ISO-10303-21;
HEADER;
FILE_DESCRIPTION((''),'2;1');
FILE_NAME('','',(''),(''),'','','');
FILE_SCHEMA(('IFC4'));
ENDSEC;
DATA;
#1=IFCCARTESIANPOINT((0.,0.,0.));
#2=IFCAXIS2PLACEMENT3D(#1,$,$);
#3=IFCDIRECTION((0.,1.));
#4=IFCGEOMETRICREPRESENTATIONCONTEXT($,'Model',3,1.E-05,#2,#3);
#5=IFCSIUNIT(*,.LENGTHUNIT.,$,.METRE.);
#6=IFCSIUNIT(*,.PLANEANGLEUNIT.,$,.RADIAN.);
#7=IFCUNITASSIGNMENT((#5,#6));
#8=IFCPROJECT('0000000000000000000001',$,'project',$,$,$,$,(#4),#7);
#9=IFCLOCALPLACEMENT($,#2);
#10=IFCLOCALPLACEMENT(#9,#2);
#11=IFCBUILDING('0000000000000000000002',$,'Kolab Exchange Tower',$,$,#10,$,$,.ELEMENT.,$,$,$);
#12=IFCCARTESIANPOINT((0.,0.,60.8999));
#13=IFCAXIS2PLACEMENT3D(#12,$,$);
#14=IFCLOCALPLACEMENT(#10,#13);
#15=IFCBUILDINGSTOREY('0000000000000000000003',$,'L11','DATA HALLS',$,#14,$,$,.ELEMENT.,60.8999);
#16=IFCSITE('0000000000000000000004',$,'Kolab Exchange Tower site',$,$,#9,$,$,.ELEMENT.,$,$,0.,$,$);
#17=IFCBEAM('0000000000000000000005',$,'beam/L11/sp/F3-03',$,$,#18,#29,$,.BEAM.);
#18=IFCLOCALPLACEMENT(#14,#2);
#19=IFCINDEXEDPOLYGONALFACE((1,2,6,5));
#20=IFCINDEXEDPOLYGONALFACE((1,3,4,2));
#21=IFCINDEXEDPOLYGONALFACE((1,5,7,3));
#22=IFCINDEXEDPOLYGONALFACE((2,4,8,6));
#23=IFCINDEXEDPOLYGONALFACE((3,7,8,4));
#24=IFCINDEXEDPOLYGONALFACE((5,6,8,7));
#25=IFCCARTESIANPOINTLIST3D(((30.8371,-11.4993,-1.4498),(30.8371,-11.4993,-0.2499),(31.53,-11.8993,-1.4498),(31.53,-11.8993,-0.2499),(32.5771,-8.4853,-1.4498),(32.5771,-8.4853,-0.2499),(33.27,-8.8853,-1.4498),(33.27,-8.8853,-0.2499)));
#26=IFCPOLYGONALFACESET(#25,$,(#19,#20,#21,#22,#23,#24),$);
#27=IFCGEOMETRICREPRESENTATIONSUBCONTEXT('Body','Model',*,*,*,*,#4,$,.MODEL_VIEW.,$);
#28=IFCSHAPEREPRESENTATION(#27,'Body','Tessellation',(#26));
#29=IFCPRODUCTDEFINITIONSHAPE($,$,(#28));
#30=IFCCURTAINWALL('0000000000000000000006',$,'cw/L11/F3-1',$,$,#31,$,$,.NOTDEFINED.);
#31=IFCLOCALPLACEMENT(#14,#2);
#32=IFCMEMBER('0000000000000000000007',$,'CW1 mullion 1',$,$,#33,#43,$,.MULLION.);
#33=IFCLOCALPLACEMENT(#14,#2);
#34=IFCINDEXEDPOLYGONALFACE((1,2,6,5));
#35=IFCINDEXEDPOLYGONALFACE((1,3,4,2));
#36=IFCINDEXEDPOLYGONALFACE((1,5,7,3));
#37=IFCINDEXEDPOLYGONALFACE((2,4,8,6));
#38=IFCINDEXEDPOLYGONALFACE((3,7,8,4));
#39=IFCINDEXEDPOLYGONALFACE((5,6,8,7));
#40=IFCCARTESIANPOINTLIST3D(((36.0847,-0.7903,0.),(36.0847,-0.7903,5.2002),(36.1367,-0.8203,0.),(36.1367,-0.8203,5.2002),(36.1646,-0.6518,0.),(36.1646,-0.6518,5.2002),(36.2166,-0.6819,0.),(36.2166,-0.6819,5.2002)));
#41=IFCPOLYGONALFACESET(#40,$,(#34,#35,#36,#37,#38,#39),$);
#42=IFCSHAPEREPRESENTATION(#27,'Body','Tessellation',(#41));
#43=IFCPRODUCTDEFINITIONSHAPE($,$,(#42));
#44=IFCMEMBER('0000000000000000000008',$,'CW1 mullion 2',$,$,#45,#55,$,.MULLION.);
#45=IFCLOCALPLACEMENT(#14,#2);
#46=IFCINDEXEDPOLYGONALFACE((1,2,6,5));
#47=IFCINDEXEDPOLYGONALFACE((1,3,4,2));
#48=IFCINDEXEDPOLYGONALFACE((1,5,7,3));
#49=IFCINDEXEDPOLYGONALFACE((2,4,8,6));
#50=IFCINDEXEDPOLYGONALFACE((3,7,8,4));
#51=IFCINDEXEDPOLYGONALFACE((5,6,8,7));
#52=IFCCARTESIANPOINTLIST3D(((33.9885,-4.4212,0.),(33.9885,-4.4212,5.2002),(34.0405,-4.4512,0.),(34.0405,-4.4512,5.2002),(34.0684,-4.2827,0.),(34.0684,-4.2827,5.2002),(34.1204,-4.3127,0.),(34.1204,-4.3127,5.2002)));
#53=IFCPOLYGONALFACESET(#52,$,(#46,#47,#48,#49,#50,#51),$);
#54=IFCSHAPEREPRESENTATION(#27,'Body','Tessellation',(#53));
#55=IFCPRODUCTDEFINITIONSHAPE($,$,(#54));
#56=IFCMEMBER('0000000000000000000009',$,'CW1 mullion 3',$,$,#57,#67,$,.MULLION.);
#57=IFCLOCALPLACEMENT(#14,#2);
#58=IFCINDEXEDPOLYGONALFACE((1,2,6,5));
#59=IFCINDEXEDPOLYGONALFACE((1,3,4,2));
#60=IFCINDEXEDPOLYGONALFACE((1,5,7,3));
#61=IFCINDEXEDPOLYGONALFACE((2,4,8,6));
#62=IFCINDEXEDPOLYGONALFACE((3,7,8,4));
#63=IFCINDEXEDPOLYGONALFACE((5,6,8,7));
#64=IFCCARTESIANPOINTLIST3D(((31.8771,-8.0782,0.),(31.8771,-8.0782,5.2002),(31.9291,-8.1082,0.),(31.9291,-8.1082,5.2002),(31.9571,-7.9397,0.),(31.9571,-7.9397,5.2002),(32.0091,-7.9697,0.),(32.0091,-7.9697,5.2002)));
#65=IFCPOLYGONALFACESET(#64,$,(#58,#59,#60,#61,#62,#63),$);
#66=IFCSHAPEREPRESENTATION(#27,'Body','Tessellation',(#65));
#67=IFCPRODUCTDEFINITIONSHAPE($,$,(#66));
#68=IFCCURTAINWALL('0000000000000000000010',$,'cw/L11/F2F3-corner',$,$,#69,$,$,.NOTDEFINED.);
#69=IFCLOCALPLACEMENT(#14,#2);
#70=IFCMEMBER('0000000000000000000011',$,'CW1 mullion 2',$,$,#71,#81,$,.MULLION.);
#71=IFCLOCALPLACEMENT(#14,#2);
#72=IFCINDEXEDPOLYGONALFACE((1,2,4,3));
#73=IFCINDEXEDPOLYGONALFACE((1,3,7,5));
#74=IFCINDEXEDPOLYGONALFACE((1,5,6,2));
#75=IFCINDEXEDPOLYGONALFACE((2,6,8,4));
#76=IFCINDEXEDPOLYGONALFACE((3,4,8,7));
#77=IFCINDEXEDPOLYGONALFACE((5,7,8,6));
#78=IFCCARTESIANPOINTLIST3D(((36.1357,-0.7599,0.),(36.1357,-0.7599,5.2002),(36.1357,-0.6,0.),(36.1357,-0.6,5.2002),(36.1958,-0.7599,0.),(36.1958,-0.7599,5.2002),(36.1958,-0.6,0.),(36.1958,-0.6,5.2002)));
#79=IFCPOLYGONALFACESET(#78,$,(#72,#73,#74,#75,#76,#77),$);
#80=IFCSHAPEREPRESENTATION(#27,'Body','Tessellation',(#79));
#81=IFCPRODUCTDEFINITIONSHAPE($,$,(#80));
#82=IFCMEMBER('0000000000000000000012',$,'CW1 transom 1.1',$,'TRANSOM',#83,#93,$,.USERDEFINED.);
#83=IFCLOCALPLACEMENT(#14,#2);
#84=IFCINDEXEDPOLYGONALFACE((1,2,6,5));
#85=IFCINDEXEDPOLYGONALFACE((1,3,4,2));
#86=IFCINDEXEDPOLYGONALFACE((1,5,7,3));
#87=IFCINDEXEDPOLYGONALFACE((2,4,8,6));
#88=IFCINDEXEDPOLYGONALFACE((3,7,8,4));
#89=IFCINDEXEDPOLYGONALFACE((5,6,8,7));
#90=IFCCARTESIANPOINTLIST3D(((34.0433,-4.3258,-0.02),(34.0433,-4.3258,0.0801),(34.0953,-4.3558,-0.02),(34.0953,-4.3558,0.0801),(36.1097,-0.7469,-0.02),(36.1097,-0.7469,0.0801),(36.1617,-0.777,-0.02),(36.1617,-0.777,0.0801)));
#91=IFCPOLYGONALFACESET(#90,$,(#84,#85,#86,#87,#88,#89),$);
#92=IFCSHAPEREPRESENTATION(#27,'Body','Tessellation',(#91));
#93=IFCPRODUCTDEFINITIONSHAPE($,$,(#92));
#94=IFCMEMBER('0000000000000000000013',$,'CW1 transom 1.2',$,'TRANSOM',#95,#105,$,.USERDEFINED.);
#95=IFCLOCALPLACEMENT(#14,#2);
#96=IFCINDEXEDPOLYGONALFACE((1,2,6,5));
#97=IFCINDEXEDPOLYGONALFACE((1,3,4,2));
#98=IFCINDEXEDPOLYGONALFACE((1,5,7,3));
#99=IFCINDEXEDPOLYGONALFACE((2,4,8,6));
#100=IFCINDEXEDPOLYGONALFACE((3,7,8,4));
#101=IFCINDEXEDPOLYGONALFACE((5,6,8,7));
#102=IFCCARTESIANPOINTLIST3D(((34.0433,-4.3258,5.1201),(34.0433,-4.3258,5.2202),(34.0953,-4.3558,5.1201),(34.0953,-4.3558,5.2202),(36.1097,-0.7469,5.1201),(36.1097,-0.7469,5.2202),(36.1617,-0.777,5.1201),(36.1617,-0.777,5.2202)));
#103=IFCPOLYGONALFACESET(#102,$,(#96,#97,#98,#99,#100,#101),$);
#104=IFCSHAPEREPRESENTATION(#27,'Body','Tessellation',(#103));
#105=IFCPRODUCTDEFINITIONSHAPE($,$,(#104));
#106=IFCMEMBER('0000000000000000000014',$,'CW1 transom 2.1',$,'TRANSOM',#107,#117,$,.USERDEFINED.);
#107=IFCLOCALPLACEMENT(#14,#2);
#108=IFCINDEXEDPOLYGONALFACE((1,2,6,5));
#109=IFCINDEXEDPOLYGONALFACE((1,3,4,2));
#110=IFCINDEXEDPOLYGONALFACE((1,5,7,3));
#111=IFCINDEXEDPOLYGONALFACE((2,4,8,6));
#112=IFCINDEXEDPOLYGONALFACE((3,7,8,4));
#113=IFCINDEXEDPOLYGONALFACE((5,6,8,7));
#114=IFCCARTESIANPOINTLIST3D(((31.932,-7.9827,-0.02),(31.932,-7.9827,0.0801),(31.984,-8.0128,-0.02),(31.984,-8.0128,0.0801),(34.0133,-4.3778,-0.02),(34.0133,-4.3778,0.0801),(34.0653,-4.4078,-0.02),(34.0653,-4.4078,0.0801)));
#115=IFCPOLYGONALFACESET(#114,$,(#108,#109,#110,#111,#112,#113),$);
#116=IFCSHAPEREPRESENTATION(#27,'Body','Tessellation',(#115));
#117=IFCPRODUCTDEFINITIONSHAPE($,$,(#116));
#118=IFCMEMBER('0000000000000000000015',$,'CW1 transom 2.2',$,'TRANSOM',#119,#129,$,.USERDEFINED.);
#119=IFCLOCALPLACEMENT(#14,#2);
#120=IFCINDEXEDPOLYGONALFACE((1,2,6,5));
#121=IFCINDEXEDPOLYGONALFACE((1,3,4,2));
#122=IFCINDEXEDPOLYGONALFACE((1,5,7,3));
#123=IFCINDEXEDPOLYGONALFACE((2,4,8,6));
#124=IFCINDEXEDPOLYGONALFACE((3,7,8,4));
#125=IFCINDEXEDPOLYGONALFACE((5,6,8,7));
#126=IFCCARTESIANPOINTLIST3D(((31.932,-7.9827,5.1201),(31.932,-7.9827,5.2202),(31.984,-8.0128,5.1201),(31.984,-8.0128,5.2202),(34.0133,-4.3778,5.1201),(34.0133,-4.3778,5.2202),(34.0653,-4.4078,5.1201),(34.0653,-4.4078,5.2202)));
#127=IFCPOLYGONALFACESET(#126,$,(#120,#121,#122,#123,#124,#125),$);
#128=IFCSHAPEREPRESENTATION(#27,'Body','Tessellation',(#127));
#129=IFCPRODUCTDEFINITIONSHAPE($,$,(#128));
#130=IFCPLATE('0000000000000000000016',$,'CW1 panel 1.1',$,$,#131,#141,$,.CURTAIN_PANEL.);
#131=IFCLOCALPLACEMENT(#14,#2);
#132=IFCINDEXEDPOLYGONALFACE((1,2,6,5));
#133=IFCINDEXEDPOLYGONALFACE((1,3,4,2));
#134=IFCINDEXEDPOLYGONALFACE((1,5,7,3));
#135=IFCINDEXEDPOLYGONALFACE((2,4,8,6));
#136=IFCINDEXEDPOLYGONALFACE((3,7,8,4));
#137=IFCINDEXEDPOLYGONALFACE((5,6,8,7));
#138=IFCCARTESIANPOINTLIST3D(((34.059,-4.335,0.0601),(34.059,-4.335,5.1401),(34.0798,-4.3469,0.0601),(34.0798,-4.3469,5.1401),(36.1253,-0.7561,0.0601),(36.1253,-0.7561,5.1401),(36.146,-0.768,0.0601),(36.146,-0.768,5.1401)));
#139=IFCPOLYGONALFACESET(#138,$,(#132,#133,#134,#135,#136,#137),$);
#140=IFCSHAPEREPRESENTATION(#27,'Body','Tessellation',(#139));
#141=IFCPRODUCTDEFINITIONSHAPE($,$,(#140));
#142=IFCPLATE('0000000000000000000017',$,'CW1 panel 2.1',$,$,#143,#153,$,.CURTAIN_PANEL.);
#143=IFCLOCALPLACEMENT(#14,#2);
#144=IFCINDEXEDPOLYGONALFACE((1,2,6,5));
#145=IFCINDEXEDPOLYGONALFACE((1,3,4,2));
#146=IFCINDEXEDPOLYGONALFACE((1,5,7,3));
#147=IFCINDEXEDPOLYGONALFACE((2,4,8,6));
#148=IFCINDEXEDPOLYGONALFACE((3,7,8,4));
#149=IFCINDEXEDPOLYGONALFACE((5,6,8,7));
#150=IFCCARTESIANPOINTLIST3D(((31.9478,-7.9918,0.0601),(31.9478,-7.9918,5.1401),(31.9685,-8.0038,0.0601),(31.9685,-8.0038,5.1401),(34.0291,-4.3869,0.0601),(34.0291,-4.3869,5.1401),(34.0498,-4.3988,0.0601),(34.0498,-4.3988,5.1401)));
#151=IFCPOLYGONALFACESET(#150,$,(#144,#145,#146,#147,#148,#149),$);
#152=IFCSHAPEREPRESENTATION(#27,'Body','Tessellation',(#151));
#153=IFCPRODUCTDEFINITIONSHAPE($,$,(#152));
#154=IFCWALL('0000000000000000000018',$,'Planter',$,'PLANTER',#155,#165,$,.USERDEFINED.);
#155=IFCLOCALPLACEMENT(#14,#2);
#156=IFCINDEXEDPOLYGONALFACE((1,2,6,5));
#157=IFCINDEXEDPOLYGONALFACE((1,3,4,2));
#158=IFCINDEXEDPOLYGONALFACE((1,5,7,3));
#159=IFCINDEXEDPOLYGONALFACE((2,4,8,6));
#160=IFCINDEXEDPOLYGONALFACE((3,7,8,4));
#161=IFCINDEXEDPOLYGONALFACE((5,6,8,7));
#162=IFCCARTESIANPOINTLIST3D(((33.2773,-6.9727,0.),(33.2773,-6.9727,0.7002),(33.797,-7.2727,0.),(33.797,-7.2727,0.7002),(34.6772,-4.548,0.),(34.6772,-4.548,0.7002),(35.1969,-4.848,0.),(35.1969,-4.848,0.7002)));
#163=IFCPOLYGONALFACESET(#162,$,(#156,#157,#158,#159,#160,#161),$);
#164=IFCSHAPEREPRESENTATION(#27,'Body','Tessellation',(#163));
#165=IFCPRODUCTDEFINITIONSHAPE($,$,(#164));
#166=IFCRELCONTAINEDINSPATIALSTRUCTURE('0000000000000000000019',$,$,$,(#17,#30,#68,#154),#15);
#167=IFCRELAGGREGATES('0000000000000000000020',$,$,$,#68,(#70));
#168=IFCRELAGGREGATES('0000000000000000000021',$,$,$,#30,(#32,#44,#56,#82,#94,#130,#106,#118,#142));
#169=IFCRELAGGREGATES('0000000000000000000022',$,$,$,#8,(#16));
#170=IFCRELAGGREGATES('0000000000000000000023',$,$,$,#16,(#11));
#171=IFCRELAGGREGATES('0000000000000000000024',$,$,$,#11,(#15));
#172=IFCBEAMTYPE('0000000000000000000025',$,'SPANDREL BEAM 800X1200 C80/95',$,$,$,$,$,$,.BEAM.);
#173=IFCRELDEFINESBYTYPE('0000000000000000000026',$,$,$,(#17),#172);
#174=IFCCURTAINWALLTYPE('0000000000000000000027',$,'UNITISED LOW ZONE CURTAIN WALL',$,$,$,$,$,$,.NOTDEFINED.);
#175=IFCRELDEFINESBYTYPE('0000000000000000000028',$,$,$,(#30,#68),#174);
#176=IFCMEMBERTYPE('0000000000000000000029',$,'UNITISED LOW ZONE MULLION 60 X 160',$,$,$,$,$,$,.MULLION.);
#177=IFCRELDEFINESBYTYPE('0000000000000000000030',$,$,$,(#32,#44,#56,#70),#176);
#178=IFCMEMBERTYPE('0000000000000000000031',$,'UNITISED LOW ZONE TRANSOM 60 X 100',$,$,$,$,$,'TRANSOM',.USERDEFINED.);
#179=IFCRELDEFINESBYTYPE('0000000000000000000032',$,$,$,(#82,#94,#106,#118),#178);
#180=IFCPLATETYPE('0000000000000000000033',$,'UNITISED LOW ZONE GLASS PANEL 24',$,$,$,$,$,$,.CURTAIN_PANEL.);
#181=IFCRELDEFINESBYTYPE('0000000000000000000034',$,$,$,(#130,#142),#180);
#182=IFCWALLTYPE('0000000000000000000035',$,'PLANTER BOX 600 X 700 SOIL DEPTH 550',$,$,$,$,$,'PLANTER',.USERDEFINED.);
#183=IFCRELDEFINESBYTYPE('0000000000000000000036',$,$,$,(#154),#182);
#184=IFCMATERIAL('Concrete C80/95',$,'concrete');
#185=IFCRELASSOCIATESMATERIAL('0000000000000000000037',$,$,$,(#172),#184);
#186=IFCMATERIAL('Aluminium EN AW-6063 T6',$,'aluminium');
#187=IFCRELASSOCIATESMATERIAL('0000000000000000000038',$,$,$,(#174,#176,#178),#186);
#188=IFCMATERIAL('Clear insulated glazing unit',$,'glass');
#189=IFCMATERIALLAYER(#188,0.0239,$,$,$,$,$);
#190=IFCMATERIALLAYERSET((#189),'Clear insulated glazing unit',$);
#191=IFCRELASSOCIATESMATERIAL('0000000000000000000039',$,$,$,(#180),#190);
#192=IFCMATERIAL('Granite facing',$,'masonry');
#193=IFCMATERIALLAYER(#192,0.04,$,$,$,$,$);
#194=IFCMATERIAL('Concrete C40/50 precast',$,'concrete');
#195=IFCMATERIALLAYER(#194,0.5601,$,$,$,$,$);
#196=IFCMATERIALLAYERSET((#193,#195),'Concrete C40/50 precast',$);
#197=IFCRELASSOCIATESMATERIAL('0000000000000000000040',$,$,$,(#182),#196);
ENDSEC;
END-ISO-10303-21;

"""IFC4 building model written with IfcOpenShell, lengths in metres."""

from ifc_helpers import new_model, si_unit, direction, frame, frame_2d, origin, origin_2d, place, context, subcontext, project, spatial, rectangle, extrude, material, layer, layer_set, material_profile, profile_set, type_object, element, aggregate, save


model = new_model("IFC4")

# Units and contexts
model_context = context("Model", 3, precision=1e-05, world=origin(), true_north=direction((0.0, 1.0)))
body_context = subcontext(model_context, "Body", "Model", "MODEL_VIEW")
ifc_project = project(units=[si_unit("LENGTHUNIT", "METRE"), si_unit("PLANEANGLEUNIT", "RADIAN")], contexts=[model_context])

# Site, building, storey
site_placement = place(None, origin())
site = spatial("IfcSite", under=ifc_project, at=site_placement, Name="Kolab Exchange Tower site", CompositionType="ELEMENT", RefElevation=0.0)
building_placement = place(site_placement, origin())
building = spatial("IfcBuilding", under=site, at=building_placement, Name="Kolab Exchange Tower", CompositionType="ELEMENT")
storey_placement = place(building_placement, frame((0.0, 0.0, 60.8999)))
storey = spatial("IfcBuildingStorey", under=building, at=storey_placement, Name="L11", Description="DATA HALLS", CompositionType="ELEMENT", Elevation=60.8999)

# Shared definitions
ifc_material_1 = material(Name="Concrete C80/95", Category="concrete")

# Beam
ifc_material_profile_1 = material_profile(ifc_material_1, rectangle(XDim=0.8, YDim=1.2, at=origin_2d()), Name="RC800X1200")
ifc_profile_set_1 = profile_set([ifc_material_profile_1], Name="Concrete C80/95")
beam_type_1 = type_object("IfcBeamType", Name="SPANDREL BEAM 800X1200 C80/95", PredefinedType="BEAM", material=ifc_profile_set_1)
beam_1_placement = place(storey_placement, frame((32.9236, -8.6853, -0.8499), z_axis=(-0.49998, -0.866037, 0.0), x_axis=(0.866037, -0.49998, 0.0)))
element("IfcBeam", 1, at=beam_1_placement, inside=storey, type_object=beam_type_1, Name="beam/L11/sp/F3-03", PredefinedType="BEAM", context=body_context, shape_type="SweptSolid", body=[
    extrude(rectangle(XDim=0.8, YDim=1.2, at=origin_2d()), origin(), (0.0, 0.0, 1.0), 3.4802),
])

# Curtain wall, members
ifc_material_2 = material(Name="Aluminium EN AW-6063 T6", Category="aluminium")
curtain_wall_type = type_object("IfcCurtainWallType", Name="UNITISED LOW ZONE CURTAIN WALL", PredefinedType="NOTDEFINED", material=ifc_material_2)
curtain_wall_1_placement = place(storey_placement, origin())
curtain_wall_1 = element("IfcCurtainWall", 2, at=curtain_wall_1_placement, inside=storey, type_object=curtain_wall_type, Name="cw/L11/F3-1", PredefinedType="NOTDEFINED")
ifc_material_profile_2 = material_profile(ifc_material_2, rectangle(XDim=0.0601, YDim=0.1599, at=origin_2d()), Name="RECT 60X160")
ifc_profile_set_2 = profile_set([ifc_material_profile_2], Name="Aluminium EN AW-6063 T6")
member_type_1 = type_object("IfcMemberType", Name="UNITISED LOW ZONE MULLION 60 X 160", PredefinedType="MULLION", material=ifc_profile_set_2)
member_1_placement = place(storey_placement, frame((36.1506, -0.7361, 0.0), z_axis=(0.0, 0.0, 1.0), x_axis=(0.866025, -0.5, 0.0)))
member_1 = element("IfcMember", 3, at=member_1_placement, type_object=member_type_1, Name="CW1 mullion 1", PredefinedType="MULLION", context=body_context, shape_type="SweptSolid", body=[
    extrude(rectangle(XDim=0.0601, YDim=0.1599, at=origin_2d()), origin(), (0.0, 0.0, 1.0), 5.2002),
])
member_2_placement = place(storey_placement, frame((34.0544, -4.3669, 0.0), z_axis=(0.0, 0.0, 1.0), x_axis=(0.866025, -0.5, 0.0)))
member_2 = element("IfcMember", 4, at=member_2_placement, type_object=member_type_1, Name="CW1 mullion 2", PredefinedType="MULLION", context=body_context, shape_type="SweptSolid", body=[
    extrude(rectangle(XDim=0.0601, YDim=0.1599, at=origin_2d()), origin(), (0.0, 0.0, 1.0), 5.2002),
])
member_3_placement = place(storey_placement, frame((31.9431, -8.0239, 0.0), z_axis=(0.0, 0.0, 1.0), x_axis=(0.866025, -0.5, 0.0)))
member_3 = element("IfcMember", 5, at=member_3_placement, type_object=member_type_1, Name="CW1 mullion 3", PredefinedType="MULLION", context=body_context, shape_type="SweptSolid", body=[
    extrude(rectangle(XDim=0.0601, YDim=0.1599, at=origin_2d()), origin(), (0.0, 0.0, 1.0), 5.2002),
])

# Curtain wall, member
curtain_wall_2_placement = place(storey_placement, origin())
curtain_wall_2 = element("IfcCurtainWall", 6, at=curtain_wall_2_placement, inside=storey, type_object=curtain_wall_type, Name="cw/L11/F2F3-corner", PredefinedType="NOTDEFINED")
member_4_placement = place(storey_placement, frame((36.1658, -0.6799, 0.0), z_axis=(0.0, 0.0, 1.0), x_axis=(1.0, 0.0, 0.0)))
member_4 = element("IfcMember", 7, at=member_4_placement, type_object=member_type_1, Name="CW1 mullion 2", PredefinedType="MULLION", context=body_context, shape_type="SweptSolid", body=[
    extrude(rectangle(XDim=0.0601, YDim=0.1599, at=origin_2d()), origin(), (0.0, 0.0, 1.0), 5.2002),
])
aggregate(curtain_wall_2, [member_4])

# Members
ifc_material_profile_3 = material_profile(ifc_material_2, rectangle(XDim=0.0601, YDim=0.1001, at=origin_2d()), Name="RECT 60X100")
ifc_profile_set_3 = profile_set([ifc_material_profile_3], Name="Aluminium EN AW-6063 T6")
member_type_2 = type_object("IfcMemberType", Name="UNITISED LOW ZONE TRANSOM 60 X 100", ElementType="TRANSOM", PredefinedType="USERDEFINED", material=ifc_profile_set_3)
member_5_placement = place(storey_placement, frame((36.1357, -0.762, 0.03), z_axis=(-0.500028, -0.866009, 0.0), x_axis=(0.866009, -0.500028, 0.0)))
member_5 = element("IfcMember", 8, at=member_5_placement, type_object=member_type_2, Name="CW1 transom 1.1", ObjectType="TRANSOM", PredefinedType="USERDEFINED", context=body_context, shape_type="SweptSolid", body=[
    extrude(rectangle(XDim=0.0601, YDim=0.1001, at=origin_2d()), origin(), (0.0, 0.0, 1.0), 4.1326),
])
member_6_placement = place(storey_placement, frame((36.1357, -0.762, 5.1702), z_axis=(-0.500028, -0.866009, 0.0), x_axis=(0.866009, -0.500028, 0.0)))
member_6 = element("IfcMember", 9, at=member_6_placement, type_object=member_type_2, Name="CW1 transom 1.2", ObjectType="TRANSOM", PredefinedType="USERDEFINED", context=body_context, shape_type="SweptSolid", body=[
    extrude(rectangle(XDim=0.0601, YDim=0.1001, at=origin_2d()), origin(), (0.0, 0.0, 1.0), 4.1326),
])
member_7_placement = place(storey_placement, frame((34.0393, -4.3928, 0.03), z_axis=(-0.499993, -0.866029, 0.0), x_axis=(0.866029, -0.499993, 0.0)))
member_7 = element("IfcMember", 10, at=member_7_placement, type_object=member_type_2, Name="CW1 transom 2.1", ObjectType="TRANSOM", PredefinedType="USERDEFINED", context=body_context, shape_type="SweptSolid", body=[
    extrude(rectangle(XDim=0.0601, YDim=0.1001, at=origin_2d()), origin(), (0.0, 0.0, 1.0), 4.1626),
])
member_8_placement = place(storey_placement, frame((34.0393, -4.3928, 5.1702), z_axis=(-0.499993, -0.866029, 0.0), x_axis=(0.866029, -0.499993, 0.0)))
member_8 = element("IfcMember", 11, at=member_8_placement, type_object=member_type_2, Name="CW1 transom 2.2", ObjectType="TRANSOM", PredefinedType="USERDEFINED", context=body_context, shape_type="SweptSolid", body=[
    extrude(rectangle(XDim=0.0601, YDim=0.1001, at=origin_2d()), origin(), (0.0, 0.0, 1.0), 4.1626),
])

# Plates
ifc_material_3 = material(Name="Clear insulated glazing unit", Category="glass")
ifc_layer_1 = layer(ifc_material_3, 0.0239)
ifc_layer_set_1 = layer_set([ifc_layer_1], Name="Clear insulated glazing unit")
plate_type = type_object("IfcPlateType", Name="UNITISED LOW ZONE GLASS PANEL 24", PredefinedType="CURTAIN_PANEL", material=ifc_layer_set_1)
plate_1_placement = place(storey_placement, frame((35.1025, -2.5515, 0.0601), z_axis=(0.0, 0.0, 1.0), x_axis=(-0.5, -0.866025, 0.0)))
plate_1 = element("IfcPlate", 12, at=plate_1_placement, type_object=plate_type, Name="CW1 panel 1.1", PredefinedType="CURTAIN_PANEL", context=body_context, shape_type="SweptSolid", body=[
    extrude(rectangle(XDim=4.1326, YDim=0.0239, at=origin_2d()), origin(), (0.0, 0.0, 1.0), 5.0801),
])
plate_2_placement = place(storey_placement, frame((32.9988, -6.1953, 0.0601), z_axis=(0.0, 0.0, 1.0), x_axis=(-0.5, -0.866025, 0.0)))
plate_2 = element("IfcPlate", 13, at=plate_2_placement, type_object=plate_type, Name="CW1 panel 2.1", PredefinedType="CURTAIN_PANEL", context=body_context, shape_type="SweptSolid", body=[
    extrude(rectangle(XDim=4.1626, YDim=0.0239, at=origin_2d()), origin(), (0.0, 0.0, 1.0), 5.0801),
])
aggregate(curtain_wall_1, [member_1, member_2, member_3, member_5, member_6, plate_1, member_7, member_8, plate_2])

# Wall
ifc_material_4 = material(Name="Granite facing", Category="masonry")
ifc_layer_2 = layer(ifc_material_4, 0.04)
ifc_material_5 = material(Name="Concrete C40/50 precast", Category="concrete")
ifc_layer_3 = layer(ifc_material_5, 0.5601)
ifc_layer_set_2 = layer_set([ifc_layer_2, ifc_layer_3], Name="Concrete C40/50 precast")
wall_type = type_object("IfcWallType", Name="PLANTER BOX 600 X 700 SOIL DEPTH 550", ElementType="PLANTER", PredefinedType="USERDEFINED", material=ifc_layer_set_2)
wall_placement = place(storey_placement, frame((34.937, -4.698, 0.0), z_axis=(0.0, 0.0, 1.0), x_axis=(-0.499984, -0.866035, 0.0)))
element("IfcWall", 14, at=wall_placement, inside=storey, type_object=wall_type, Name="Planter", ObjectType="PLANTER", PredefinedType="USERDEFINED", context=body_context, shape_type="SweptSolid", body=[
    extrude(rectangle(XDim=2.7998, YDim=0.6001, at=frame_2d((1.3999, 0.0))), origin(), (0.0, 0.0, 1.0), 0.7002),
])

save(model, "model.ifc")
